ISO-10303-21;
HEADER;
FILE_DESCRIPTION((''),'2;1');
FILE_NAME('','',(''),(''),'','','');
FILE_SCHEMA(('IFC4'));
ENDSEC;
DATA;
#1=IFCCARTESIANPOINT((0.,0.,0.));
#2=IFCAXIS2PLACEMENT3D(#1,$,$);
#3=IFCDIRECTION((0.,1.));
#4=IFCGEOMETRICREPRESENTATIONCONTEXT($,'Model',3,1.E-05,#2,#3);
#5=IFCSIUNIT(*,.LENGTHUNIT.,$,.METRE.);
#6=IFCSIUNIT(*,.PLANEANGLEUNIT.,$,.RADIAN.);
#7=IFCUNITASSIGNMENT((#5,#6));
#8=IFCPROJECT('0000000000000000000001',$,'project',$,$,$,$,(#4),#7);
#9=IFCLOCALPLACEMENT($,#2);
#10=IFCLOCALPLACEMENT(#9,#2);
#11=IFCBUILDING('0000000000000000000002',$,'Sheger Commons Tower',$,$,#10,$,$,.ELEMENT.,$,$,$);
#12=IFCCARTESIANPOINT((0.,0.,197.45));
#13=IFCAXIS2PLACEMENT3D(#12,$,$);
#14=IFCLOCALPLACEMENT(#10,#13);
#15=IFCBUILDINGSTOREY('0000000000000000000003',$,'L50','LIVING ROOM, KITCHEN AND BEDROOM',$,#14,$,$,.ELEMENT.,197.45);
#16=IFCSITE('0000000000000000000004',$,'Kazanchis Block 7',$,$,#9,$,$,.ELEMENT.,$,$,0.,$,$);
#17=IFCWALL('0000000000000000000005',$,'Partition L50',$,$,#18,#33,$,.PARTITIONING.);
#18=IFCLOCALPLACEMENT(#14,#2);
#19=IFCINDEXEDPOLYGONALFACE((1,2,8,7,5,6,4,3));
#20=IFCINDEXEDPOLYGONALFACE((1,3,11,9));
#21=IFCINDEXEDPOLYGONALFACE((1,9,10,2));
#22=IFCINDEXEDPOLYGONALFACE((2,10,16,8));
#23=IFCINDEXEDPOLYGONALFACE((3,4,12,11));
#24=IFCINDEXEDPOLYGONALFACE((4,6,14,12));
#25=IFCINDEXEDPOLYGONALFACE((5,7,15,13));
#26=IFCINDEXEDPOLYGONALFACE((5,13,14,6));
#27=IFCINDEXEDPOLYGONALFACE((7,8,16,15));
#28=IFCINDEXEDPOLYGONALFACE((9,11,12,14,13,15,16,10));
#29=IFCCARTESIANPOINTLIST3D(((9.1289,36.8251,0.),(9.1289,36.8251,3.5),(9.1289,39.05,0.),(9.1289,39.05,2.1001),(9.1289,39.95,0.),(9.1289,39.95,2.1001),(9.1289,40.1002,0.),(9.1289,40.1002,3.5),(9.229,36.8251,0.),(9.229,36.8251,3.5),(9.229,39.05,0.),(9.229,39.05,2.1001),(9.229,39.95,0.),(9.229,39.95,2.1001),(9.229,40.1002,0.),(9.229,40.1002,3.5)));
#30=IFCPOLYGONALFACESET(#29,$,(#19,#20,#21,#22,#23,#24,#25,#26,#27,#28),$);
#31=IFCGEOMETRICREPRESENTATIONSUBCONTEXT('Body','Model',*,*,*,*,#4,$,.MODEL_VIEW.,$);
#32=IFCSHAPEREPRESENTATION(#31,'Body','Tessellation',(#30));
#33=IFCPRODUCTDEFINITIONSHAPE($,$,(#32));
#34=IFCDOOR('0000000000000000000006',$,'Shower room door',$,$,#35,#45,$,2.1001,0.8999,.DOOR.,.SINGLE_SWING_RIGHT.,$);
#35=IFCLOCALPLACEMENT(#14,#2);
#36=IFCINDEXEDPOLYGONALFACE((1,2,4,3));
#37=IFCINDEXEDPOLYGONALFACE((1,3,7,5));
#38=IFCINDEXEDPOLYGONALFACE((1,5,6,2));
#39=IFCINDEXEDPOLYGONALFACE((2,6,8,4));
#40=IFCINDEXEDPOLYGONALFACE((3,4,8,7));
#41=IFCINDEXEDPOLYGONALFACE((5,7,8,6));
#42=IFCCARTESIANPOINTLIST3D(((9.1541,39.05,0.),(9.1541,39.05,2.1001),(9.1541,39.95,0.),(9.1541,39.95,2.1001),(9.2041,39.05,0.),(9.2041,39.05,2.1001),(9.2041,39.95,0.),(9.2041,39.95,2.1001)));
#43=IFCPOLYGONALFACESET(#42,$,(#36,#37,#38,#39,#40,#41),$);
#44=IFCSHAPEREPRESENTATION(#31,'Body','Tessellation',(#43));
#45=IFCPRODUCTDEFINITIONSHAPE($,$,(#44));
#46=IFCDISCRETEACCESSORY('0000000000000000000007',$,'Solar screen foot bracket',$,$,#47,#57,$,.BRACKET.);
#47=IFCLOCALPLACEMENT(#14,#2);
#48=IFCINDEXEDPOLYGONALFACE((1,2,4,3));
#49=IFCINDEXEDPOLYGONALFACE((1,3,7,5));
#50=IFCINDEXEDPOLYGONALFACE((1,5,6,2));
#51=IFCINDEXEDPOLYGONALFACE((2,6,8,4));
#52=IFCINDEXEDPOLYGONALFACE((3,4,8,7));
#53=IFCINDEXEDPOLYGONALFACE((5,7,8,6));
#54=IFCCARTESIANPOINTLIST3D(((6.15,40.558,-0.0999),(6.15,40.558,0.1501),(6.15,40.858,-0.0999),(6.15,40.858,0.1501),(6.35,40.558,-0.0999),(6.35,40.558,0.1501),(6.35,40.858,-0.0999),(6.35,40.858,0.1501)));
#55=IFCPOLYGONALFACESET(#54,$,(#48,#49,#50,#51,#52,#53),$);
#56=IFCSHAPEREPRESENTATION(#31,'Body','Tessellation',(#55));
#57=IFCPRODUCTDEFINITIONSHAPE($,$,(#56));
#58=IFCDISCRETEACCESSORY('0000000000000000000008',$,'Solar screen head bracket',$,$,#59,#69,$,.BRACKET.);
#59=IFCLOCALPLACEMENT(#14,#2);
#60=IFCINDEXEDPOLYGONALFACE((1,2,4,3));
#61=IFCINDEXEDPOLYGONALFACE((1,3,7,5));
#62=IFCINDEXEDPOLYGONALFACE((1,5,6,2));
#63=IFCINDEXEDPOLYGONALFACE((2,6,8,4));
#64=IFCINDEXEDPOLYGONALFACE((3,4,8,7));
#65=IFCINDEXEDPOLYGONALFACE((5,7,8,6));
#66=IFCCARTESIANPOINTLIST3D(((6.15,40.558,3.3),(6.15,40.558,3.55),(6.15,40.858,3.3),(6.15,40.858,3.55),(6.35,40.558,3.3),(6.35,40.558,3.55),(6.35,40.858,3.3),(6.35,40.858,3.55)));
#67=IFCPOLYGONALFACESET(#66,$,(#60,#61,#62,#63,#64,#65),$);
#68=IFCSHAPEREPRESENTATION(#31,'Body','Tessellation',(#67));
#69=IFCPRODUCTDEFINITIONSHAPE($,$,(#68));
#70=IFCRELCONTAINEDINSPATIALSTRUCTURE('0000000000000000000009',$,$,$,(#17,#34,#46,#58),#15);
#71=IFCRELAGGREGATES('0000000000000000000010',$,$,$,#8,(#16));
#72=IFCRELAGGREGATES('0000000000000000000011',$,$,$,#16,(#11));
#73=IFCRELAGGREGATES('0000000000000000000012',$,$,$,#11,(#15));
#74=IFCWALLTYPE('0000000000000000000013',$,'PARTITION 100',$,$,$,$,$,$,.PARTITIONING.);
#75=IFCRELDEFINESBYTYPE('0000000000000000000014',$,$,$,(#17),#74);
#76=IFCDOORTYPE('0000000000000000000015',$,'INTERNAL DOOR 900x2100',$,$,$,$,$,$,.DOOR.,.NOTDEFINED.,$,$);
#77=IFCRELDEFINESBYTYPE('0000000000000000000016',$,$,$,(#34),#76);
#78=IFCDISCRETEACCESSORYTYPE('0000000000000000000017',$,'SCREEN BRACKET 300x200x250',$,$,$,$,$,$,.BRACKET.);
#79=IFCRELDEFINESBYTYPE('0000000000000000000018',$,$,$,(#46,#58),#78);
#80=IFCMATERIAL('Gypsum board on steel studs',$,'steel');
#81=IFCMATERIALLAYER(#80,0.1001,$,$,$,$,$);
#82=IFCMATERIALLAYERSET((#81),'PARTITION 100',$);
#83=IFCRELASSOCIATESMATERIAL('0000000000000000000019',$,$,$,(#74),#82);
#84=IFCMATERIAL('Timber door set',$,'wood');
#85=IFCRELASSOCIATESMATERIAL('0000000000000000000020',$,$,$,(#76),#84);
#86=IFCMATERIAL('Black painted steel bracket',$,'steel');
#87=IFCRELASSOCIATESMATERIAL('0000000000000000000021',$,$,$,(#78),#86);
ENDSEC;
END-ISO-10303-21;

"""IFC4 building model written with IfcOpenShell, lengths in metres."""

from ifc_helpers import new_model, si_unit, direction, frame, frame_2d, origin, origin_2d, place, context, subcontext, project, spatial, rectangle, extrude, material, layer, layer_set, type_object, element, fill, save


model = new_model("IFC4")

# Units and contexts
model_context = context("Model", 3, precision=1e-05, world=origin(), true_north=direction((0.0, 1.0)))
body_context = subcontext(model_context, "Body", "Model", "MODEL_VIEW")
ifc_project = project(units=[si_unit("LENGTHUNIT", "METRE"), si_unit("PLANEANGLEUNIT", "RADIAN")], contexts=[model_context])

# Site, building, storey
site_placement = place(None, origin())
site = spatial("IfcSite", under=ifc_project, at=site_placement, Name="Kazanchis Block 7", CompositionType="ELEMENT", RefElevation=0.0)
building_placement = place(site_placement, origin())
building = spatial("IfcBuilding", under=site, at=building_placement, Name="Sheger Commons Tower", CompositionType="ELEMENT")
storey_placement = place(building_placement, frame((0.0, 0.0, 197.45)))
storey = spatial("IfcBuildingStorey", under=building, at=storey_placement, Name="L50", Description="LIVING ROOM, KITCHEN AND BEDROOM", CompositionType="ELEMENT", Elevation=197.45)

# Shared definitions
ifc_material_1 = material(Name="Gypsum board on steel studs", Category="steel")
ifc_layer_1 = layer(ifc_material_1, 0.1001)
ifc_layer_set_1 = layer_set([ifc_layer_1], Name="PARTITION 100")
wall_type_1 = type_object("IfcWallType", Name="PARTITION 100", PredefinedType="PARTITIONING", material=ifc_layer_set_1)

# Wall, opening, door
wall_1_placement = place(storey_placement, frame((9.179, 36.825, 0.0), z_axis=(0.0, 0.0, 1.0), x_axis=(0.0, 1.0, 0.0)))
wall_1 = element("IfcWall", 1, at=wall_1_placement, inside=storey, type_object=wall_type_1, Name="Partition L50", PredefinedType="PARTITIONING", context=body_context, shape_type="SweptSolid", body=[
    extrude(rectangle(XDim=3.2751, YDim=0.1001, at=frame_2d((1.6377, 0.0))), origin(), (0.0, 0.0, 1.0), 3.5),
])
opening_placement = place(wall_1_placement, frame((2.2251, 0.0, 0.0)))
opening = element("IfcOpeningElement", 2, at=opening_placement, cuts=wall_1, PredefinedType="OPENING", context=body_context, shape_type="SweptSolid", body=[
    extrude(rectangle(XDim=0.8999, YDim=2.1001, at=frame_2d((0.45, 1.05))), frame((0.0, 0.0601, 0.0), z_axis=(0.0, -1.0, 0.0), x_axis=(1.0, 0.0, 0.0)), (0.0, 0.0, 1.0), 0.1201),
])
ifc_material_2 = material(Name="Timber door set", Category="wood")
door_type = type_object("IfcDoorType", Name="INTERNAL DOOR 900x2100", OperationType="NOTDEFINED", PredefinedType="DOOR", material=ifc_material_2)
door_placement = place(opening_placement, origin())
door = element("IfcDoor", 3, at=door_placement, inside=storey, type_object=door_type, Name="Shower room door", OperationType="SINGLE_SWING_RIGHT", OverallHeight=2.1001, OverallWidth=0.8999, PredefinedType="DOOR", context=body_context, shape_type="SweptSolid", body=[
    extrude(rectangle(XDim=0.8999, YDim=2.1001, at=frame_2d((0.45, 1.05))), frame((0.0, 0.0249, 0.0), z_axis=(0.0, -1.0, 0.0), x_axis=(1.0, 0.0, 0.0)), (0.0, 0.0, 1.0), 0.05),
])
fill(opening, door)

# Discrete accessories
ifc_material_3 = material(Name="Black painted steel bracket", Category="steel")
discrete_accessory_type = type_object("IfcDiscreteAccessoryType", Name="SCREEN BRACKET 300x200x250", PredefinedType="BRACKET", material=ifc_material_3)
for number, where, z_axis, x_axis, name in (
    (4, (6.25, 40.708, -0.0999), (0.0, 0.0, 1.0), (0.0, -1.0, 0.0), "Solar screen foot bracket"),
    (5, (6.25, 40.708, 3.3), (0.0, 0.0, 1.0), (0.0, -1.0, 0.0), "Solar screen head bracket"),
):
    element("IfcDiscreteAccessory", number, at=place(storey_placement, frame(where, z_axis=z_axis, x_axis=x_axis)), inside=storey, type_object=discrete_accessory_type, Name=name, PredefinedType="BRACKET", context=body_context, shape_type="SweptSolid", body=[
        extrude(rectangle(XDim=0.3, YDim=0.2, at=origin_2d()), origin(), (0.0, 0.0, 1.0), 0.25),
    ])

save(model, "model.ifc")
